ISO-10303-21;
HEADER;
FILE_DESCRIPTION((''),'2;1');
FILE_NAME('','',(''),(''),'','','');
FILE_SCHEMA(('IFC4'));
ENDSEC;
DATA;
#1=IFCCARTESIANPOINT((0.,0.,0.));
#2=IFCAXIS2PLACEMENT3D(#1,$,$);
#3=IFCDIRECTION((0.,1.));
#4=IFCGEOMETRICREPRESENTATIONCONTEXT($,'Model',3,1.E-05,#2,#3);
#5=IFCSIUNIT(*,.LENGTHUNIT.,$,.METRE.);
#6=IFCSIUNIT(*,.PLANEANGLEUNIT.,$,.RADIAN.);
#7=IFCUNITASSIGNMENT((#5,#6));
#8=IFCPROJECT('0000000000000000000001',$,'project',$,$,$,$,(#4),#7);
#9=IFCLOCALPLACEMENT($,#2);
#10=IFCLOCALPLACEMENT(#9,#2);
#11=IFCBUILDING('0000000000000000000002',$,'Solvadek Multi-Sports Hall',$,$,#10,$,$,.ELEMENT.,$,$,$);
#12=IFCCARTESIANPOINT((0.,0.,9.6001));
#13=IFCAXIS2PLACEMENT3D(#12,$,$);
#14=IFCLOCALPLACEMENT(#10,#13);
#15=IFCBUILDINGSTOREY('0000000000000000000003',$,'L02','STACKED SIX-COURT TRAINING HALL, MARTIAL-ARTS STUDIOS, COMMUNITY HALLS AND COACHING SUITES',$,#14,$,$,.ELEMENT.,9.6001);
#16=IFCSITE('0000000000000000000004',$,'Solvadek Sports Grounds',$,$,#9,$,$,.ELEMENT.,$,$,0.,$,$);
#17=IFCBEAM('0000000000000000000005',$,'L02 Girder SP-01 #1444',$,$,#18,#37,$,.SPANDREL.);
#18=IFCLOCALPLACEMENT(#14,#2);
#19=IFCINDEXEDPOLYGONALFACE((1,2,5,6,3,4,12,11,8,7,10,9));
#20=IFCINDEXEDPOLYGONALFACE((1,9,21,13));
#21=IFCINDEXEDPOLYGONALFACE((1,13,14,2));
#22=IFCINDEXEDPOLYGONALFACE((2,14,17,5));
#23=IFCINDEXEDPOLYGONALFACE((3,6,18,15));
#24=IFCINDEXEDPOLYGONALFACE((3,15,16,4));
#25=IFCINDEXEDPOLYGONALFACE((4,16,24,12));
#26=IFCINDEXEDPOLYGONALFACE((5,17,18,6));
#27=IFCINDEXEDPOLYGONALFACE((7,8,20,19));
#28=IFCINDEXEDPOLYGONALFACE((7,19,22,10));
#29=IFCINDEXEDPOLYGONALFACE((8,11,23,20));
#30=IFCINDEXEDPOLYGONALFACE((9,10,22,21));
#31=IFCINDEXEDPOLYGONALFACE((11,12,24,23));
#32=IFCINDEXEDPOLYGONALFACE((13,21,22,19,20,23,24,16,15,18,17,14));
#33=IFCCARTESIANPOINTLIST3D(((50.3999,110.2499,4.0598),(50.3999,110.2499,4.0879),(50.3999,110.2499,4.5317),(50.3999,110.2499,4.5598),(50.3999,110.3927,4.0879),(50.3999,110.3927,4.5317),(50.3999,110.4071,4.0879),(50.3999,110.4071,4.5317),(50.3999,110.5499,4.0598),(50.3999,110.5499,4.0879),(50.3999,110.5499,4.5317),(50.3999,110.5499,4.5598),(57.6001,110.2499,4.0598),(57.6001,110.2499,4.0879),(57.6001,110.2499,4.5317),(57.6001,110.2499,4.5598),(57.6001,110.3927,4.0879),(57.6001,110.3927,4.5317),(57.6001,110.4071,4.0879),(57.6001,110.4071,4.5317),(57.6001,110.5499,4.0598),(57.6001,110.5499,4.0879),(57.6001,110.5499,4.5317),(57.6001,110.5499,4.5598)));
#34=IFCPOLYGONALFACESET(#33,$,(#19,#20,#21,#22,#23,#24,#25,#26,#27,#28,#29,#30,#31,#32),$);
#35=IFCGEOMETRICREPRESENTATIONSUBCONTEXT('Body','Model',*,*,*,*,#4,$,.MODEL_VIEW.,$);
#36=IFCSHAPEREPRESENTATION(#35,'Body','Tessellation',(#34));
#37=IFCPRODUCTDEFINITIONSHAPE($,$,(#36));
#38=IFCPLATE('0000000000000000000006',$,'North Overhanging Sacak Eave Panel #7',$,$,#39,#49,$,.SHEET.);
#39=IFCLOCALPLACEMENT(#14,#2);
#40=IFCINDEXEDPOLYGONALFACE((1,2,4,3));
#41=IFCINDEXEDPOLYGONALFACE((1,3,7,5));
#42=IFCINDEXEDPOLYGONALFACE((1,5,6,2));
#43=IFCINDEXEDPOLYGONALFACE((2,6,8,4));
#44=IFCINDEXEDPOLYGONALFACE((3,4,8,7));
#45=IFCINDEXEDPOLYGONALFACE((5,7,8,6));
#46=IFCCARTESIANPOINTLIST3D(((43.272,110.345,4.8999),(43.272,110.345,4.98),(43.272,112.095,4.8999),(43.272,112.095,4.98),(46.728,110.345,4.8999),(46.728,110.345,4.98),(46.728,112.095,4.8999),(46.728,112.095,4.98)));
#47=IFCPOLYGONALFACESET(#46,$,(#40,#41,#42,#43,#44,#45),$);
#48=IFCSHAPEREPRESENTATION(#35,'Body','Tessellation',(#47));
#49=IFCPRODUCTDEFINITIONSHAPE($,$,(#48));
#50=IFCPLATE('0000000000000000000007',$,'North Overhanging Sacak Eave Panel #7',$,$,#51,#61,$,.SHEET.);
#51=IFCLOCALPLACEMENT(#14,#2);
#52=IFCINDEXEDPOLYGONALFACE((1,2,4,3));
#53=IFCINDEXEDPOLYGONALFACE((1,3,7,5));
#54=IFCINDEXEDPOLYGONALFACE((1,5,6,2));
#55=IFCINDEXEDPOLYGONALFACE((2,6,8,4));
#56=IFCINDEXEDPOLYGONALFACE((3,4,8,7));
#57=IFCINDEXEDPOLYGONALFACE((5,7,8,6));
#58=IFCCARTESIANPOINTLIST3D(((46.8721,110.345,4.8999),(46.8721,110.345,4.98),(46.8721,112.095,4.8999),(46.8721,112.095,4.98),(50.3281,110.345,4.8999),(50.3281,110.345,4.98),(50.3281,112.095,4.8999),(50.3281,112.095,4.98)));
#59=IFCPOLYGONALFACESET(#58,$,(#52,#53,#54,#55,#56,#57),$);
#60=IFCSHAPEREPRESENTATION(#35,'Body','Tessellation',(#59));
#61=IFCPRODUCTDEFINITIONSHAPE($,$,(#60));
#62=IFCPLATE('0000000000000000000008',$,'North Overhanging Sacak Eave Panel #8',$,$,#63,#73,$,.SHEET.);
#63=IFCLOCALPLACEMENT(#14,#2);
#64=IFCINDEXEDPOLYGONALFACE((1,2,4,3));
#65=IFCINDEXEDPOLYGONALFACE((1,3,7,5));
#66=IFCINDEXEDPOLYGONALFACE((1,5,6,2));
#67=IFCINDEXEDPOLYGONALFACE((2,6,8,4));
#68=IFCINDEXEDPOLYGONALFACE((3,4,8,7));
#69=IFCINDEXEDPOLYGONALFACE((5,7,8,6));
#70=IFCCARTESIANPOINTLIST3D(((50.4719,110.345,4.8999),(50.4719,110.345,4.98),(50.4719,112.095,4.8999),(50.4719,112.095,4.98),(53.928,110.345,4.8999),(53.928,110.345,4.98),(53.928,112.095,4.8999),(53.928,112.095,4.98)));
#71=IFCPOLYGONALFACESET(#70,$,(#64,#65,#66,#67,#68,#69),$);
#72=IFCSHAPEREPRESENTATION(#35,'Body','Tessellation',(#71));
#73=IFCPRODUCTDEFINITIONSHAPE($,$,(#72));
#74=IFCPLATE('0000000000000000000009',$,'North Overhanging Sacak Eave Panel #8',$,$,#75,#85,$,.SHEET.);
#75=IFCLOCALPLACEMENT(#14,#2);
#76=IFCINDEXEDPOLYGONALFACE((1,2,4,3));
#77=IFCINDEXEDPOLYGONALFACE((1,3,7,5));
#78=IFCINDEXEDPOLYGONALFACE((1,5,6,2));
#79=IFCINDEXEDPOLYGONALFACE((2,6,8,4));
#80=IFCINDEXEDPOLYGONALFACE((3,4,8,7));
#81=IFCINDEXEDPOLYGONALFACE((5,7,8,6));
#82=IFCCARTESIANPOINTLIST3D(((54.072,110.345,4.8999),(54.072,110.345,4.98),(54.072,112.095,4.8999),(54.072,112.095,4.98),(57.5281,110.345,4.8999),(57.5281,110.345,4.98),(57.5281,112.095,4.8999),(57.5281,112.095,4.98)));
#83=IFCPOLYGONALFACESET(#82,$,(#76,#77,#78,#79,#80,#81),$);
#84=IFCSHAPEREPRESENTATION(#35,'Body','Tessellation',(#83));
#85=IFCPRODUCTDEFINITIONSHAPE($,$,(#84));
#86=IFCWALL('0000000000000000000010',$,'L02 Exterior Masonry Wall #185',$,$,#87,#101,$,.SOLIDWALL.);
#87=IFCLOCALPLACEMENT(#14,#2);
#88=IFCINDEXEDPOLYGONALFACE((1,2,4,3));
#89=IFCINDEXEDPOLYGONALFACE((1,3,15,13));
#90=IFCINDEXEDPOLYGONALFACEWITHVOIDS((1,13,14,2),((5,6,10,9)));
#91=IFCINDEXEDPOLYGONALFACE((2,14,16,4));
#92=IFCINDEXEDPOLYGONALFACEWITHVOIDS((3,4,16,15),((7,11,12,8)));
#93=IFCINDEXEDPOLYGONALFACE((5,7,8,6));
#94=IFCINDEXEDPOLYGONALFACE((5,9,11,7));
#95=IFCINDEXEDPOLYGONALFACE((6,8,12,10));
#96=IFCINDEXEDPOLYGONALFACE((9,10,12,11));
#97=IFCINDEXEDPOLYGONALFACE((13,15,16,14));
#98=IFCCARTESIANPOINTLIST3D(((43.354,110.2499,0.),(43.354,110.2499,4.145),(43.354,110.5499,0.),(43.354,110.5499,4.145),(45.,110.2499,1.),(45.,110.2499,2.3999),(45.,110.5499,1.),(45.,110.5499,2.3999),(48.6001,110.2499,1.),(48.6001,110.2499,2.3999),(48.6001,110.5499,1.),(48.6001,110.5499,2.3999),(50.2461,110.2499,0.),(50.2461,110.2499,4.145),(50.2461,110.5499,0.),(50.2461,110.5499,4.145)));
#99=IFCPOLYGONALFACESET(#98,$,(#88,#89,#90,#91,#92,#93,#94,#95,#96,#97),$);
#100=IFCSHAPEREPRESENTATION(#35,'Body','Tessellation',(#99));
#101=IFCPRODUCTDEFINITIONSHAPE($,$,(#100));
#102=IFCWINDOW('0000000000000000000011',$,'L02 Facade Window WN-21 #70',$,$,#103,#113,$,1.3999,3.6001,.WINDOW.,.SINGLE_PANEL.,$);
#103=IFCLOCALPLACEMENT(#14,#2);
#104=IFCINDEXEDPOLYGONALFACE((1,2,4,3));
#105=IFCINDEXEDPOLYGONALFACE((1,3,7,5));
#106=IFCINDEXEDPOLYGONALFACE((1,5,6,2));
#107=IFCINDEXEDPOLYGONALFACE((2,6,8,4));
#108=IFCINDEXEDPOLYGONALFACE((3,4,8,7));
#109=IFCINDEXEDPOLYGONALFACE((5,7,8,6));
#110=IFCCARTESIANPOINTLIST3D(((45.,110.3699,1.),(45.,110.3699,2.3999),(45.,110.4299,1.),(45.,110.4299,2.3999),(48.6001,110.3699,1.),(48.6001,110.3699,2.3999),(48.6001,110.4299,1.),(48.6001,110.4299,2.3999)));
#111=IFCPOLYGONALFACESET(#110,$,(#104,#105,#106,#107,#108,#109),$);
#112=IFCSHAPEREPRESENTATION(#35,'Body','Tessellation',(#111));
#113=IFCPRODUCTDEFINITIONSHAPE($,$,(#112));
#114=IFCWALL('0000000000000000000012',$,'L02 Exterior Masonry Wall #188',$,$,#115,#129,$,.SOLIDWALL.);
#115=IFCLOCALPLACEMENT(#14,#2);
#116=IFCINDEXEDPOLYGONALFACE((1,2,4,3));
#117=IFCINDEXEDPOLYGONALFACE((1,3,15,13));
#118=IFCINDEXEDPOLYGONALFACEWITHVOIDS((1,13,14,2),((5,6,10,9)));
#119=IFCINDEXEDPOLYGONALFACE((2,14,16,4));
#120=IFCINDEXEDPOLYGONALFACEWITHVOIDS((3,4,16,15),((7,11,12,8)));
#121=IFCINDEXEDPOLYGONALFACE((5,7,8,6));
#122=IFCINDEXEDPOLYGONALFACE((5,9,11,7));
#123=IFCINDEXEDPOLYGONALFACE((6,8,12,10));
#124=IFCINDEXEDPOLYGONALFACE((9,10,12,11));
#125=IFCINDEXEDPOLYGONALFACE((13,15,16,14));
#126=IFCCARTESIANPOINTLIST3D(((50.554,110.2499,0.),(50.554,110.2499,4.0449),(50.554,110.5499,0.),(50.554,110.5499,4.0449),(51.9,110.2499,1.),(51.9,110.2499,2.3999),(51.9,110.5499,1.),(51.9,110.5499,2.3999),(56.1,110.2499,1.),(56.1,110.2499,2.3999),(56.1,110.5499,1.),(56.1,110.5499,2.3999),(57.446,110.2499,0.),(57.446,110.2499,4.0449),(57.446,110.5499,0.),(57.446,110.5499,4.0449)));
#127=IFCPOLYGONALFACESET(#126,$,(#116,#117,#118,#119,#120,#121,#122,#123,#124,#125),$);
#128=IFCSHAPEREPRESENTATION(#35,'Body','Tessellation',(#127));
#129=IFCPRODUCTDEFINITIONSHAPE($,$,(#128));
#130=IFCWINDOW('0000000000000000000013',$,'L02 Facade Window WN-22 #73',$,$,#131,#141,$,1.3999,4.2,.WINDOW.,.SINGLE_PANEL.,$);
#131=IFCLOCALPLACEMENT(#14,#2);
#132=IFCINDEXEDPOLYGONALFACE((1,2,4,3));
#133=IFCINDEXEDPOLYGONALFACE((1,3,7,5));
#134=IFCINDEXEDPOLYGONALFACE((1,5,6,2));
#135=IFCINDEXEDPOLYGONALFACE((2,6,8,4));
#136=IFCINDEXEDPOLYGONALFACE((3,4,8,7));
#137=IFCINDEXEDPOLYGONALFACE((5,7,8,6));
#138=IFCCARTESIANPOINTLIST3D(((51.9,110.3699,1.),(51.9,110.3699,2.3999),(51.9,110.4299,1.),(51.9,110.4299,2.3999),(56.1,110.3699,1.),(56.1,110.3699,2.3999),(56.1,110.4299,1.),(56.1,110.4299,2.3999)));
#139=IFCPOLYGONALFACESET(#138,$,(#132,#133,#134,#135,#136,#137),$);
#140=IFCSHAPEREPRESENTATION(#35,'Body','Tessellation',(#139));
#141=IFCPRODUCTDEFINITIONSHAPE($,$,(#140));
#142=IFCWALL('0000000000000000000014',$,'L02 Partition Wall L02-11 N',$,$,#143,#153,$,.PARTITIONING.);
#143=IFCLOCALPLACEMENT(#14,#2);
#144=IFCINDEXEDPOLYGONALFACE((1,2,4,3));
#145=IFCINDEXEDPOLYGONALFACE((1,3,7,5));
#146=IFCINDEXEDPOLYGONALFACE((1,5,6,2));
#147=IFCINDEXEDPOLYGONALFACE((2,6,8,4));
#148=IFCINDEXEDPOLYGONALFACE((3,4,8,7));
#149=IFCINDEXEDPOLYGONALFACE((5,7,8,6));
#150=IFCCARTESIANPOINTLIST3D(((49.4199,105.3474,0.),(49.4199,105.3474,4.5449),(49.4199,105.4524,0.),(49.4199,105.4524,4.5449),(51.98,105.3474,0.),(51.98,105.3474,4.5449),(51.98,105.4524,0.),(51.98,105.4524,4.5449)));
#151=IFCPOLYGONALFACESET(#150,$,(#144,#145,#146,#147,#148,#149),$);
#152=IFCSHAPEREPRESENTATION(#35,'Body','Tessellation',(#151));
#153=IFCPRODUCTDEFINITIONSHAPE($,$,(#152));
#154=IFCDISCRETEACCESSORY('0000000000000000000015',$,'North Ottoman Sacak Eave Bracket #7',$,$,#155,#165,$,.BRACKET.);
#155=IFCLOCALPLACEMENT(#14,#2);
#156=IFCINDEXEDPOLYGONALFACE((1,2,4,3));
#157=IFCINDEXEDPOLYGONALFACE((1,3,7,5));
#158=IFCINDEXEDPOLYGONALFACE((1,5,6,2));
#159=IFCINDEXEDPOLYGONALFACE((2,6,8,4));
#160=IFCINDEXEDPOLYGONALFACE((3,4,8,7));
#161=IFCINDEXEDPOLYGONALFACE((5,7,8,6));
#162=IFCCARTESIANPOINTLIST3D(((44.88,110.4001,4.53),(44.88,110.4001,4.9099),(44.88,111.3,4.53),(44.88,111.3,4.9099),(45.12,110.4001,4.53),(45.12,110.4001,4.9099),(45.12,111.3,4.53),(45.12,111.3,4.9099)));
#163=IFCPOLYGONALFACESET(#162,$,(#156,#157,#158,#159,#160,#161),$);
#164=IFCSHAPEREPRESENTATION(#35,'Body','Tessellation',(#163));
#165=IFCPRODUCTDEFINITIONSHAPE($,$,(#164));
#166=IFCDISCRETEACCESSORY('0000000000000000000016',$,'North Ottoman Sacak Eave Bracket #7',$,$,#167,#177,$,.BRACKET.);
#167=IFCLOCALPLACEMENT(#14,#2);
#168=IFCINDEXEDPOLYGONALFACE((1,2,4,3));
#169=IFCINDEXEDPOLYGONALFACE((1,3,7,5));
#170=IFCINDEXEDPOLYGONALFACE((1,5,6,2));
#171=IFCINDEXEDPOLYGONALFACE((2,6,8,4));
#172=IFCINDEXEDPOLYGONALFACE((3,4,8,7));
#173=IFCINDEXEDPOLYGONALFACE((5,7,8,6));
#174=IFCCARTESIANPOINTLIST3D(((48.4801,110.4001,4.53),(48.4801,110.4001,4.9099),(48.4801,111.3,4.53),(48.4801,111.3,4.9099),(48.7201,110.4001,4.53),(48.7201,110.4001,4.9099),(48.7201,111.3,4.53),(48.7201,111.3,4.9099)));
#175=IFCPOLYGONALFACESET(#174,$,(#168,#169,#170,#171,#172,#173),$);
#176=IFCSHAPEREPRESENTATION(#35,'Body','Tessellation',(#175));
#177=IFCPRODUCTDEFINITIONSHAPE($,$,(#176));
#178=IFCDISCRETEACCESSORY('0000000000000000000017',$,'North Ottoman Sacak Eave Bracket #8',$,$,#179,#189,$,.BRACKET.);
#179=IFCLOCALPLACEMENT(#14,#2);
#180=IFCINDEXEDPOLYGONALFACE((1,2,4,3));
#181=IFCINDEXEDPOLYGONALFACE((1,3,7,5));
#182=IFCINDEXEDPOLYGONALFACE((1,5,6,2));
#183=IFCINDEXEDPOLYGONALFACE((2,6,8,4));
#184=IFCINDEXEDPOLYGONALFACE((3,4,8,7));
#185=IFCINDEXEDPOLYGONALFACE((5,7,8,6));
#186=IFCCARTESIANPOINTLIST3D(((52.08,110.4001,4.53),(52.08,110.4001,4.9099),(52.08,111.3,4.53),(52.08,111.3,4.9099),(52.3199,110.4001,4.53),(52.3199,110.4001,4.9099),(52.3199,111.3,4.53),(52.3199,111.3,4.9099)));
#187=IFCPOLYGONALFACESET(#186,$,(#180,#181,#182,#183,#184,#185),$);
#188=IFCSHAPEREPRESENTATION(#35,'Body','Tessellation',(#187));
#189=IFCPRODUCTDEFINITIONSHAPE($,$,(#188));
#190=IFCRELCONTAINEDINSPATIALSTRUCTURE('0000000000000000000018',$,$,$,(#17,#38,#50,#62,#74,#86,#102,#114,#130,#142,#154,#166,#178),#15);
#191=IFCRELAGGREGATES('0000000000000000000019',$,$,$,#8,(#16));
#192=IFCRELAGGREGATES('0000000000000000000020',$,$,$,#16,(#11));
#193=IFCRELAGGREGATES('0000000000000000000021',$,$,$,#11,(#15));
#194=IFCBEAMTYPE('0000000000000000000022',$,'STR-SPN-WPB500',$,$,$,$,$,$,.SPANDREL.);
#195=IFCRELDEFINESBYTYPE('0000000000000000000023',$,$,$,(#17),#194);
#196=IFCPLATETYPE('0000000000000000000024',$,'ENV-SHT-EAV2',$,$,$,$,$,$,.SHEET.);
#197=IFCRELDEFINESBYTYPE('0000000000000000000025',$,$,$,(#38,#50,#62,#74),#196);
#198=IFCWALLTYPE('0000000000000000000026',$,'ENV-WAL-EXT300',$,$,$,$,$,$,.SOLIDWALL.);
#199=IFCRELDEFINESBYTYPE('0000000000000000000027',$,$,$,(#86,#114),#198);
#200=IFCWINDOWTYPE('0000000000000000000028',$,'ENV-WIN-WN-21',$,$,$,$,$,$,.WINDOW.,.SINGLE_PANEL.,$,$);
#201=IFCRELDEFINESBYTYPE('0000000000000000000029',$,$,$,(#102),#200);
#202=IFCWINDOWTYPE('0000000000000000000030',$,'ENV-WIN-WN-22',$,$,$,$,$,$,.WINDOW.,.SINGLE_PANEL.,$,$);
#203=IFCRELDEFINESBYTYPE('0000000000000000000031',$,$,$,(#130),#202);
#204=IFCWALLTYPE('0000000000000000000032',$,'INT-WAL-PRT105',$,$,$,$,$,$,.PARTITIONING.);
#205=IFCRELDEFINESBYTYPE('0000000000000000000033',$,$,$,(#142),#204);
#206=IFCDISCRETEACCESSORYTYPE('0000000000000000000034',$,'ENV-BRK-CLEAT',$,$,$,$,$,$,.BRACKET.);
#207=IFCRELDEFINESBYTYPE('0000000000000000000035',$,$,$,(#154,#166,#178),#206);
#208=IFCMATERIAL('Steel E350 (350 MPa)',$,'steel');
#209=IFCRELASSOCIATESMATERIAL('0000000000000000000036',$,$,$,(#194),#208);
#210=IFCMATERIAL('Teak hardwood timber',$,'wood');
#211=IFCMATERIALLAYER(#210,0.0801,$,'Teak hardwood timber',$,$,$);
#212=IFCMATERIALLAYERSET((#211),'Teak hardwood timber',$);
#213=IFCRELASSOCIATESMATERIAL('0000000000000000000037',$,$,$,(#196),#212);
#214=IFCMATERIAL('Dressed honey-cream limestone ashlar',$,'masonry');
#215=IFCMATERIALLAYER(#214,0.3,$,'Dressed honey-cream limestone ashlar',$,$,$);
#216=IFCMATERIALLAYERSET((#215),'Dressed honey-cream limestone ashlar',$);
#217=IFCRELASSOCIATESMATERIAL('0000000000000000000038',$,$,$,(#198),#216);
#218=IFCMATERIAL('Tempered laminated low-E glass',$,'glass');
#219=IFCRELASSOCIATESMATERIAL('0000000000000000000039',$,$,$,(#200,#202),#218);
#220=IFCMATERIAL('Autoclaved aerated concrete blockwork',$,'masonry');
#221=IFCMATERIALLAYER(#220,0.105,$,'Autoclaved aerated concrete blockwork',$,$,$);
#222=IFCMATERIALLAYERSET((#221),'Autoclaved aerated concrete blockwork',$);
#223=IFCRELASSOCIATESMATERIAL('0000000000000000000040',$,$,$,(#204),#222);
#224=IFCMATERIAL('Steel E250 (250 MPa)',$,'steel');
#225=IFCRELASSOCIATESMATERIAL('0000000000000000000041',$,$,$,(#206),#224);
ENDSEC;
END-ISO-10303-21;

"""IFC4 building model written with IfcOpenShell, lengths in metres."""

from ifc_helpers import new_model, si_unit, direction, frame, frame_2d, origin, origin_2d, place, context, subcontext, project, spatial, rectangle, i_section, extrude, material, layer, layer_set, material_profile, profile_set, type_object, element, fill, save


model = new_model("IFC4")

# Units and contexts
model_context = context("Model", 3, precision=1e-05, world=origin(), true_north=direction((0.0, 1.0)))
body_context = subcontext(model_context, "Body", "Model", "MODEL_VIEW")
ifc_project = project(units=[si_unit("LENGTHUNIT", "METRE"), si_unit("PLANEANGLEUNIT", "RADIAN")], contexts=[model_context])

# Site, building, storey
site_placement = place(None, origin())
site = spatial("IfcSite", under=ifc_project, at=site_placement, Name="Solvadek Sports Grounds", CompositionType="ELEMENT", RefElevation=0.0)
building_placement = place(site_placement, origin())
building = spatial("IfcBuilding", under=site, at=building_placement, Name="Solvadek Multi-Sports Hall", CompositionType="ELEMENT")
storey_placement = place(building_placement, frame((0.0, 0.0, 9.6001)))
storey = spatial("IfcBuildingStorey", under=building, at=storey_placement, Name="L02", Description="STACKED SIX-COURT TRAINING HALL, MARTIAL-ARTS STUDIOS, COMMUNITY HALLS AND COACHING SUITES", CompositionType="ELEMENT", Elevation=9.6001)

# Shared definitions
ifc_material_1 = material(Name="Steel E350 (350 MPa)", Category="steel")

# Beam
ifc_material_2 = material(Name="Steel E250 (250 MPa)", Category="steel")
ifc_material_profile_1 = material_profile(ifc_material_1, i_section(OverallWidth=0.3, OverallDepth=0.5, WebThickness=0.0144, FlangeThickness=0.0281, at=origin_2d()), Name="WPB 500")
ifc_profile_set_1 = profile_set([ifc_material_profile_1], Name="Steel E350 (350 MPa)")
beam_type_1 = type_object("IfcBeamType", Name="STR-SPN-WPB500", PredefinedType="SPANDREL", material=ifc_profile_set_1)
beam_1_placement = place(storey_placement, frame((50.3999, 110.3999, 4.3098), z_axis=(1.0, 0.0, 0.0), x_axis=(0.0, 1.0, 0.0)))
element("IfcBeam", 1, at=beam_1_placement, inside=storey, type_object=beam_type_1, Name="L02 Girder SP-01 #1444", PredefinedType="SPANDREL", context=body_context, shape_type="SweptSolid", body=[
    extrude(i_section(OverallWidth=0.3, OverallDepth=0.5, WebThickness=0.0144, FlangeThickness=0.0281, at=origin_2d()), origin(), (0.0, 0.0, 1.0), 7.2002),
])

# Plates
ifc_material_3 = material(Name="Teak hardwood timber", Category="wood")
ifc_layer_1 = layer(ifc_material_3, 0.0801, Name="Teak hardwood timber")
ifc_layer_set_1 = layer_set([ifc_layer_1], Name="Teak hardwood timber")
plate_type = type_object("IfcPlateType", Name="ENV-SHT-EAV2", PredefinedType="SHEET", material=ifc_layer_set_1)
for number, where, z_axis, x_axis, name in (
    (2, (45.0, 111.22, 4.8999), (0.0, 0.0, 1.0), (1.0, 0.0, 0.0), "North Overhanging Sacak Eave Panel #7"),
    (3, (48.6001, 111.22, 4.8999), (0.0, 0.0, 1.0), (1.0, 0.0, 0.0), "North Overhanging Sacak Eave Panel #7"),
    (4, (52.2, 111.22, 4.8999), (0.0, 0.0, 1.0), (1.0, 0.0, 0.0), "North Overhanging Sacak Eave Panel #8"),
    (5, (55.8, 111.22, 4.8999), (0.0, 0.0, 1.0), (1.0, 0.0, 0.0), "North Overhanging Sacak Eave Panel #8"),
):
    element("IfcPlate", number, at=place(storey_placement, frame(where, z_axis=z_axis, x_axis=x_axis)), inside=storey, type_object=plate_type, Name=name, PredefinedType="SHEET", context=body_context, shape_type="SweptSolid", body=[
        extrude(rectangle(XDim=3.4561, YDim=1.75, at=origin_2d()), origin(), (0.0, 0.0, 1.0), 0.0801),
    ])

# Walls, openings, windows
ifc_material_4 = material(Name="Dressed honey-cream limestone ashlar", Category="masonry")
ifc_layer_2 = layer(ifc_material_4, 0.3, Name="Dressed honey-cream limestone ashlar")
ifc_layer_set_2 = layer_set([ifc_layer_2], Name="Dressed honey-cream limestone ashlar")
wall_type_1 = type_object("IfcWallType", Name="ENV-WAL-EXT300", PredefinedType="SOLIDWALL", material=ifc_layer_set_2)
wall_1_placement = place(storey_placement, frame((43.354, 110.3999, 0.0), z_axis=(0.0, 0.0, 1.0), x_axis=(1.0, 0.0, 0.0)))
wall_1 = element("IfcWall", 6, at=wall_1_placement, inside=storey, type_object=wall_type_1, Name="L02 Exterior Masonry Wall #185", PredefinedType="SOLIDWALL", context=body_context, shape_type="SweptSolid", body=[
    extrude(rectangle(XDim=6.8921, YDim=0.3, at=frame_2d((3.446, 0.0))), origin(), (0.0, 0.0, 1.0), 4.145),
])
opening_1_placement = place(wall_1_placement, frame((1.646, 0.0, 1.0)))
opening_1 = element("IfcOpeningElement", 7, at=opening_1_placement, cuts=wall_1, PredefinedType="OPENING", context=body_context, shape_type="SweptSolid", body=[
    extrude(rectangle(XDim=3.6001, YDim=1.3999, at=frame_2d((1.8, 0.7))), frame((0.0, 0.1599, 0.0), z_axis=(0.0, -1.0, 0.0), x_axis=(1.0, 0.0, 0.0)), (0.0, 0.0, 1.0), 0.3201),
])
ifc_material_5 = material(Name="Tempered laminated low-E glass", Category="glass")
window_type_1 = type_object("IfcWindowType", Name="ENV-WIN-WN-21", PartitioningType="SINGLE_PANEL", PredefinedType="WINDOW", material=ifc_material_5)
window_1_placement = place(opening_1_placement, origin())
window_1 = element("IfcWindow", 8, at=window_1_placement, inside=storey, type_object=window_type_1, Name="L02 Facade Window WN-21 #70", OverallHeight=1.3999, OverallWidth=3.6001, PartitioningType="SINGLE_PANEL", PredefinedType="WINDOW", context=body_context, shape_type="SweptSolid", body=[
    extrude(rectangle(XDim=3.6001, YDim=1.3999, at=frame_2d((1.8, 0.7))), frame((0.0, 0.03, 0.0), z_axis=(0.0, -1.0, 0.0), x_axis=(1.0, 0.0, 0.0)), (0.0, 0.0, 1.0), 0.0601),
])
fill(opening_1, window_1)
wall_2_placement = place(storey_placement, frame((50.554, 110.3999, 0.0), z_axis=(0.0, 0.0, 1.0), x_axis=(1.0, 0.0, 0.0)))
wall_2 = element("IfcWall", 9, at=wall_2_placement, inside=storey, type_object=wall_type_1, Name="L02 Exterior Masonry Wall #188", PredefinedType="SOLIDWALL", context=body_context, shape_type="SweptSolid", body=[
    extrude(rectangle(XDim=6.8921, YDim=0.3, at=frame_2d((3.446, 0.0))), origin(), (0.0, 0.0, 1.0), 4.0449),
])
opening_2_placement = place(wall_2_placement, frame((1.3459, 0.0, 1.0)))
opening_2 = element("IfcOpeningElement", 10, at=opening_2_placement, cuts=wall_2, PredefinedType="OPENING", context=body_context, shape_type="SweptSolid", body=[
    extrude(rectangle(XDim=4.2, YDim=1.3999, at=frame_2d((2.1001, 0.7))), frame((0.0, 0.1599, 0.0), z_axis=(0.0, -1.0, 0.0), x_axis=(1.0, 0.0, 0.0)), (0.0, 0.0, 1.0), 0.3201),
])
window_type_2 = type_object("IfcWindowType", Name="ENV-WIN-WN-22", PartitioningType="SINGLE_PANEL", PredefinedType="WINDOW", material=ifc_material_5)
window_2_placement = place(opening_2_placement, origin())
window_2 = element("IfcWindow", 11, at=window_2_placement, inside=storey, type_object=window_type_2, Name="L02 Facade Window WN-22 #73", OverallHeight=1.3999, OverallWidth=4.2, PartitioningType="SINGLE_PANEL", PredefinedType="WINDOW", context=body_context, shape_type="SweptSolid", body=[
    extrude(rectangle(XDim=4.2, YDim=1.3999, at=frame_2d((2.1001, 0.7))), frame((0.0, 0.03, 0.0), z_axis=(0.0, -1.0, 0.0), x_axis=(1.0, 0.0, 0.0)), (0.0, 0.0, 1.0), 0.0601),
])
fill(opening_2, window_2)

# Wall
ifc_material_6 = material(Name="Autoclaved aerated concrete blockwork", Category="masonry")
ifc_layer_3 = layer(ifc_material_6, 0.105, Name="Autoclaved aerated concrete blockwork")
ifc_layer_set_3 = layer_set([ifc_layer_3], Name="Autoclaved aerated concrete blockwork")
wall_type_2 = type_object("IfcWallType", Name="INT-WAL-PRT105", PredefinedType="PARTITIONING", material=ifc_layer_set_3)
wall_3_placement = place(storey_placement, frame((49.4199, 105.3999, 0.0), z_axis=(0.0, 0.0, 1.0), x_axis=(1.0, 0.0, 0.0)))
element("IfcWall", 12, at=wall_3_placement, inside=storey, type_object=wall_type_2, Name="L02 Partition Wall L02-11 N", PredefinedType="PARTITIONING", context=body_context, shape_type="SweptSolid", body=[
    extrude(rectangle(XDim=2.5601, YDim=0.105, at=frame_2d((1.28, 0.0))), origin(), (0.0, 0.0, 1.0), 4.5449),
])

# Discrete accessories
discrete_accessory_type = type_object("IfcDiscreteAccessoryType", Name="ENV-BRK-CLEAT", PredefinedType="BRACKET", material=ifc_material_2)
for number, where, z_axis, x_axis, name in (
    (13, (45.0, 110.8501, 4.53), (0.0, 0.0, 1.0), (1.0, 0.0, 0.0), "North Ottoman Sacak Eave Bracket #7"),
    (14, (48.6001, 110.8501, 4.53), (0.0, 0.0, 1.0), (1.0, 0.0, 0.0), "North Ottoman Sacak Eave Bracket #7"),
    (15, (52.2, 110.8501, 4.53), (0.0, 0.0, 1.0), (1.0, 0.0, 0.0), "North Ottoman Sacak Eave Bracket #8"),
):
    element("IfcDiscreteAccessory", number, at=place(storey_placement, frame(where, z_axis=z_axis, x_axis=x_axis)), inside=storey, type_object=discrete_accessory_type, Name=name, PredefinedType="BRACKET", context=body_context, shape_type="SweptSolid", body=[
        extrude(rectangle(XDim=0.24, YDim=0.8999, at=origin_2d()), origin(), (0.0, 0.0, 1.0), 0.3799),
    ])

save(model, "model.ifc")
